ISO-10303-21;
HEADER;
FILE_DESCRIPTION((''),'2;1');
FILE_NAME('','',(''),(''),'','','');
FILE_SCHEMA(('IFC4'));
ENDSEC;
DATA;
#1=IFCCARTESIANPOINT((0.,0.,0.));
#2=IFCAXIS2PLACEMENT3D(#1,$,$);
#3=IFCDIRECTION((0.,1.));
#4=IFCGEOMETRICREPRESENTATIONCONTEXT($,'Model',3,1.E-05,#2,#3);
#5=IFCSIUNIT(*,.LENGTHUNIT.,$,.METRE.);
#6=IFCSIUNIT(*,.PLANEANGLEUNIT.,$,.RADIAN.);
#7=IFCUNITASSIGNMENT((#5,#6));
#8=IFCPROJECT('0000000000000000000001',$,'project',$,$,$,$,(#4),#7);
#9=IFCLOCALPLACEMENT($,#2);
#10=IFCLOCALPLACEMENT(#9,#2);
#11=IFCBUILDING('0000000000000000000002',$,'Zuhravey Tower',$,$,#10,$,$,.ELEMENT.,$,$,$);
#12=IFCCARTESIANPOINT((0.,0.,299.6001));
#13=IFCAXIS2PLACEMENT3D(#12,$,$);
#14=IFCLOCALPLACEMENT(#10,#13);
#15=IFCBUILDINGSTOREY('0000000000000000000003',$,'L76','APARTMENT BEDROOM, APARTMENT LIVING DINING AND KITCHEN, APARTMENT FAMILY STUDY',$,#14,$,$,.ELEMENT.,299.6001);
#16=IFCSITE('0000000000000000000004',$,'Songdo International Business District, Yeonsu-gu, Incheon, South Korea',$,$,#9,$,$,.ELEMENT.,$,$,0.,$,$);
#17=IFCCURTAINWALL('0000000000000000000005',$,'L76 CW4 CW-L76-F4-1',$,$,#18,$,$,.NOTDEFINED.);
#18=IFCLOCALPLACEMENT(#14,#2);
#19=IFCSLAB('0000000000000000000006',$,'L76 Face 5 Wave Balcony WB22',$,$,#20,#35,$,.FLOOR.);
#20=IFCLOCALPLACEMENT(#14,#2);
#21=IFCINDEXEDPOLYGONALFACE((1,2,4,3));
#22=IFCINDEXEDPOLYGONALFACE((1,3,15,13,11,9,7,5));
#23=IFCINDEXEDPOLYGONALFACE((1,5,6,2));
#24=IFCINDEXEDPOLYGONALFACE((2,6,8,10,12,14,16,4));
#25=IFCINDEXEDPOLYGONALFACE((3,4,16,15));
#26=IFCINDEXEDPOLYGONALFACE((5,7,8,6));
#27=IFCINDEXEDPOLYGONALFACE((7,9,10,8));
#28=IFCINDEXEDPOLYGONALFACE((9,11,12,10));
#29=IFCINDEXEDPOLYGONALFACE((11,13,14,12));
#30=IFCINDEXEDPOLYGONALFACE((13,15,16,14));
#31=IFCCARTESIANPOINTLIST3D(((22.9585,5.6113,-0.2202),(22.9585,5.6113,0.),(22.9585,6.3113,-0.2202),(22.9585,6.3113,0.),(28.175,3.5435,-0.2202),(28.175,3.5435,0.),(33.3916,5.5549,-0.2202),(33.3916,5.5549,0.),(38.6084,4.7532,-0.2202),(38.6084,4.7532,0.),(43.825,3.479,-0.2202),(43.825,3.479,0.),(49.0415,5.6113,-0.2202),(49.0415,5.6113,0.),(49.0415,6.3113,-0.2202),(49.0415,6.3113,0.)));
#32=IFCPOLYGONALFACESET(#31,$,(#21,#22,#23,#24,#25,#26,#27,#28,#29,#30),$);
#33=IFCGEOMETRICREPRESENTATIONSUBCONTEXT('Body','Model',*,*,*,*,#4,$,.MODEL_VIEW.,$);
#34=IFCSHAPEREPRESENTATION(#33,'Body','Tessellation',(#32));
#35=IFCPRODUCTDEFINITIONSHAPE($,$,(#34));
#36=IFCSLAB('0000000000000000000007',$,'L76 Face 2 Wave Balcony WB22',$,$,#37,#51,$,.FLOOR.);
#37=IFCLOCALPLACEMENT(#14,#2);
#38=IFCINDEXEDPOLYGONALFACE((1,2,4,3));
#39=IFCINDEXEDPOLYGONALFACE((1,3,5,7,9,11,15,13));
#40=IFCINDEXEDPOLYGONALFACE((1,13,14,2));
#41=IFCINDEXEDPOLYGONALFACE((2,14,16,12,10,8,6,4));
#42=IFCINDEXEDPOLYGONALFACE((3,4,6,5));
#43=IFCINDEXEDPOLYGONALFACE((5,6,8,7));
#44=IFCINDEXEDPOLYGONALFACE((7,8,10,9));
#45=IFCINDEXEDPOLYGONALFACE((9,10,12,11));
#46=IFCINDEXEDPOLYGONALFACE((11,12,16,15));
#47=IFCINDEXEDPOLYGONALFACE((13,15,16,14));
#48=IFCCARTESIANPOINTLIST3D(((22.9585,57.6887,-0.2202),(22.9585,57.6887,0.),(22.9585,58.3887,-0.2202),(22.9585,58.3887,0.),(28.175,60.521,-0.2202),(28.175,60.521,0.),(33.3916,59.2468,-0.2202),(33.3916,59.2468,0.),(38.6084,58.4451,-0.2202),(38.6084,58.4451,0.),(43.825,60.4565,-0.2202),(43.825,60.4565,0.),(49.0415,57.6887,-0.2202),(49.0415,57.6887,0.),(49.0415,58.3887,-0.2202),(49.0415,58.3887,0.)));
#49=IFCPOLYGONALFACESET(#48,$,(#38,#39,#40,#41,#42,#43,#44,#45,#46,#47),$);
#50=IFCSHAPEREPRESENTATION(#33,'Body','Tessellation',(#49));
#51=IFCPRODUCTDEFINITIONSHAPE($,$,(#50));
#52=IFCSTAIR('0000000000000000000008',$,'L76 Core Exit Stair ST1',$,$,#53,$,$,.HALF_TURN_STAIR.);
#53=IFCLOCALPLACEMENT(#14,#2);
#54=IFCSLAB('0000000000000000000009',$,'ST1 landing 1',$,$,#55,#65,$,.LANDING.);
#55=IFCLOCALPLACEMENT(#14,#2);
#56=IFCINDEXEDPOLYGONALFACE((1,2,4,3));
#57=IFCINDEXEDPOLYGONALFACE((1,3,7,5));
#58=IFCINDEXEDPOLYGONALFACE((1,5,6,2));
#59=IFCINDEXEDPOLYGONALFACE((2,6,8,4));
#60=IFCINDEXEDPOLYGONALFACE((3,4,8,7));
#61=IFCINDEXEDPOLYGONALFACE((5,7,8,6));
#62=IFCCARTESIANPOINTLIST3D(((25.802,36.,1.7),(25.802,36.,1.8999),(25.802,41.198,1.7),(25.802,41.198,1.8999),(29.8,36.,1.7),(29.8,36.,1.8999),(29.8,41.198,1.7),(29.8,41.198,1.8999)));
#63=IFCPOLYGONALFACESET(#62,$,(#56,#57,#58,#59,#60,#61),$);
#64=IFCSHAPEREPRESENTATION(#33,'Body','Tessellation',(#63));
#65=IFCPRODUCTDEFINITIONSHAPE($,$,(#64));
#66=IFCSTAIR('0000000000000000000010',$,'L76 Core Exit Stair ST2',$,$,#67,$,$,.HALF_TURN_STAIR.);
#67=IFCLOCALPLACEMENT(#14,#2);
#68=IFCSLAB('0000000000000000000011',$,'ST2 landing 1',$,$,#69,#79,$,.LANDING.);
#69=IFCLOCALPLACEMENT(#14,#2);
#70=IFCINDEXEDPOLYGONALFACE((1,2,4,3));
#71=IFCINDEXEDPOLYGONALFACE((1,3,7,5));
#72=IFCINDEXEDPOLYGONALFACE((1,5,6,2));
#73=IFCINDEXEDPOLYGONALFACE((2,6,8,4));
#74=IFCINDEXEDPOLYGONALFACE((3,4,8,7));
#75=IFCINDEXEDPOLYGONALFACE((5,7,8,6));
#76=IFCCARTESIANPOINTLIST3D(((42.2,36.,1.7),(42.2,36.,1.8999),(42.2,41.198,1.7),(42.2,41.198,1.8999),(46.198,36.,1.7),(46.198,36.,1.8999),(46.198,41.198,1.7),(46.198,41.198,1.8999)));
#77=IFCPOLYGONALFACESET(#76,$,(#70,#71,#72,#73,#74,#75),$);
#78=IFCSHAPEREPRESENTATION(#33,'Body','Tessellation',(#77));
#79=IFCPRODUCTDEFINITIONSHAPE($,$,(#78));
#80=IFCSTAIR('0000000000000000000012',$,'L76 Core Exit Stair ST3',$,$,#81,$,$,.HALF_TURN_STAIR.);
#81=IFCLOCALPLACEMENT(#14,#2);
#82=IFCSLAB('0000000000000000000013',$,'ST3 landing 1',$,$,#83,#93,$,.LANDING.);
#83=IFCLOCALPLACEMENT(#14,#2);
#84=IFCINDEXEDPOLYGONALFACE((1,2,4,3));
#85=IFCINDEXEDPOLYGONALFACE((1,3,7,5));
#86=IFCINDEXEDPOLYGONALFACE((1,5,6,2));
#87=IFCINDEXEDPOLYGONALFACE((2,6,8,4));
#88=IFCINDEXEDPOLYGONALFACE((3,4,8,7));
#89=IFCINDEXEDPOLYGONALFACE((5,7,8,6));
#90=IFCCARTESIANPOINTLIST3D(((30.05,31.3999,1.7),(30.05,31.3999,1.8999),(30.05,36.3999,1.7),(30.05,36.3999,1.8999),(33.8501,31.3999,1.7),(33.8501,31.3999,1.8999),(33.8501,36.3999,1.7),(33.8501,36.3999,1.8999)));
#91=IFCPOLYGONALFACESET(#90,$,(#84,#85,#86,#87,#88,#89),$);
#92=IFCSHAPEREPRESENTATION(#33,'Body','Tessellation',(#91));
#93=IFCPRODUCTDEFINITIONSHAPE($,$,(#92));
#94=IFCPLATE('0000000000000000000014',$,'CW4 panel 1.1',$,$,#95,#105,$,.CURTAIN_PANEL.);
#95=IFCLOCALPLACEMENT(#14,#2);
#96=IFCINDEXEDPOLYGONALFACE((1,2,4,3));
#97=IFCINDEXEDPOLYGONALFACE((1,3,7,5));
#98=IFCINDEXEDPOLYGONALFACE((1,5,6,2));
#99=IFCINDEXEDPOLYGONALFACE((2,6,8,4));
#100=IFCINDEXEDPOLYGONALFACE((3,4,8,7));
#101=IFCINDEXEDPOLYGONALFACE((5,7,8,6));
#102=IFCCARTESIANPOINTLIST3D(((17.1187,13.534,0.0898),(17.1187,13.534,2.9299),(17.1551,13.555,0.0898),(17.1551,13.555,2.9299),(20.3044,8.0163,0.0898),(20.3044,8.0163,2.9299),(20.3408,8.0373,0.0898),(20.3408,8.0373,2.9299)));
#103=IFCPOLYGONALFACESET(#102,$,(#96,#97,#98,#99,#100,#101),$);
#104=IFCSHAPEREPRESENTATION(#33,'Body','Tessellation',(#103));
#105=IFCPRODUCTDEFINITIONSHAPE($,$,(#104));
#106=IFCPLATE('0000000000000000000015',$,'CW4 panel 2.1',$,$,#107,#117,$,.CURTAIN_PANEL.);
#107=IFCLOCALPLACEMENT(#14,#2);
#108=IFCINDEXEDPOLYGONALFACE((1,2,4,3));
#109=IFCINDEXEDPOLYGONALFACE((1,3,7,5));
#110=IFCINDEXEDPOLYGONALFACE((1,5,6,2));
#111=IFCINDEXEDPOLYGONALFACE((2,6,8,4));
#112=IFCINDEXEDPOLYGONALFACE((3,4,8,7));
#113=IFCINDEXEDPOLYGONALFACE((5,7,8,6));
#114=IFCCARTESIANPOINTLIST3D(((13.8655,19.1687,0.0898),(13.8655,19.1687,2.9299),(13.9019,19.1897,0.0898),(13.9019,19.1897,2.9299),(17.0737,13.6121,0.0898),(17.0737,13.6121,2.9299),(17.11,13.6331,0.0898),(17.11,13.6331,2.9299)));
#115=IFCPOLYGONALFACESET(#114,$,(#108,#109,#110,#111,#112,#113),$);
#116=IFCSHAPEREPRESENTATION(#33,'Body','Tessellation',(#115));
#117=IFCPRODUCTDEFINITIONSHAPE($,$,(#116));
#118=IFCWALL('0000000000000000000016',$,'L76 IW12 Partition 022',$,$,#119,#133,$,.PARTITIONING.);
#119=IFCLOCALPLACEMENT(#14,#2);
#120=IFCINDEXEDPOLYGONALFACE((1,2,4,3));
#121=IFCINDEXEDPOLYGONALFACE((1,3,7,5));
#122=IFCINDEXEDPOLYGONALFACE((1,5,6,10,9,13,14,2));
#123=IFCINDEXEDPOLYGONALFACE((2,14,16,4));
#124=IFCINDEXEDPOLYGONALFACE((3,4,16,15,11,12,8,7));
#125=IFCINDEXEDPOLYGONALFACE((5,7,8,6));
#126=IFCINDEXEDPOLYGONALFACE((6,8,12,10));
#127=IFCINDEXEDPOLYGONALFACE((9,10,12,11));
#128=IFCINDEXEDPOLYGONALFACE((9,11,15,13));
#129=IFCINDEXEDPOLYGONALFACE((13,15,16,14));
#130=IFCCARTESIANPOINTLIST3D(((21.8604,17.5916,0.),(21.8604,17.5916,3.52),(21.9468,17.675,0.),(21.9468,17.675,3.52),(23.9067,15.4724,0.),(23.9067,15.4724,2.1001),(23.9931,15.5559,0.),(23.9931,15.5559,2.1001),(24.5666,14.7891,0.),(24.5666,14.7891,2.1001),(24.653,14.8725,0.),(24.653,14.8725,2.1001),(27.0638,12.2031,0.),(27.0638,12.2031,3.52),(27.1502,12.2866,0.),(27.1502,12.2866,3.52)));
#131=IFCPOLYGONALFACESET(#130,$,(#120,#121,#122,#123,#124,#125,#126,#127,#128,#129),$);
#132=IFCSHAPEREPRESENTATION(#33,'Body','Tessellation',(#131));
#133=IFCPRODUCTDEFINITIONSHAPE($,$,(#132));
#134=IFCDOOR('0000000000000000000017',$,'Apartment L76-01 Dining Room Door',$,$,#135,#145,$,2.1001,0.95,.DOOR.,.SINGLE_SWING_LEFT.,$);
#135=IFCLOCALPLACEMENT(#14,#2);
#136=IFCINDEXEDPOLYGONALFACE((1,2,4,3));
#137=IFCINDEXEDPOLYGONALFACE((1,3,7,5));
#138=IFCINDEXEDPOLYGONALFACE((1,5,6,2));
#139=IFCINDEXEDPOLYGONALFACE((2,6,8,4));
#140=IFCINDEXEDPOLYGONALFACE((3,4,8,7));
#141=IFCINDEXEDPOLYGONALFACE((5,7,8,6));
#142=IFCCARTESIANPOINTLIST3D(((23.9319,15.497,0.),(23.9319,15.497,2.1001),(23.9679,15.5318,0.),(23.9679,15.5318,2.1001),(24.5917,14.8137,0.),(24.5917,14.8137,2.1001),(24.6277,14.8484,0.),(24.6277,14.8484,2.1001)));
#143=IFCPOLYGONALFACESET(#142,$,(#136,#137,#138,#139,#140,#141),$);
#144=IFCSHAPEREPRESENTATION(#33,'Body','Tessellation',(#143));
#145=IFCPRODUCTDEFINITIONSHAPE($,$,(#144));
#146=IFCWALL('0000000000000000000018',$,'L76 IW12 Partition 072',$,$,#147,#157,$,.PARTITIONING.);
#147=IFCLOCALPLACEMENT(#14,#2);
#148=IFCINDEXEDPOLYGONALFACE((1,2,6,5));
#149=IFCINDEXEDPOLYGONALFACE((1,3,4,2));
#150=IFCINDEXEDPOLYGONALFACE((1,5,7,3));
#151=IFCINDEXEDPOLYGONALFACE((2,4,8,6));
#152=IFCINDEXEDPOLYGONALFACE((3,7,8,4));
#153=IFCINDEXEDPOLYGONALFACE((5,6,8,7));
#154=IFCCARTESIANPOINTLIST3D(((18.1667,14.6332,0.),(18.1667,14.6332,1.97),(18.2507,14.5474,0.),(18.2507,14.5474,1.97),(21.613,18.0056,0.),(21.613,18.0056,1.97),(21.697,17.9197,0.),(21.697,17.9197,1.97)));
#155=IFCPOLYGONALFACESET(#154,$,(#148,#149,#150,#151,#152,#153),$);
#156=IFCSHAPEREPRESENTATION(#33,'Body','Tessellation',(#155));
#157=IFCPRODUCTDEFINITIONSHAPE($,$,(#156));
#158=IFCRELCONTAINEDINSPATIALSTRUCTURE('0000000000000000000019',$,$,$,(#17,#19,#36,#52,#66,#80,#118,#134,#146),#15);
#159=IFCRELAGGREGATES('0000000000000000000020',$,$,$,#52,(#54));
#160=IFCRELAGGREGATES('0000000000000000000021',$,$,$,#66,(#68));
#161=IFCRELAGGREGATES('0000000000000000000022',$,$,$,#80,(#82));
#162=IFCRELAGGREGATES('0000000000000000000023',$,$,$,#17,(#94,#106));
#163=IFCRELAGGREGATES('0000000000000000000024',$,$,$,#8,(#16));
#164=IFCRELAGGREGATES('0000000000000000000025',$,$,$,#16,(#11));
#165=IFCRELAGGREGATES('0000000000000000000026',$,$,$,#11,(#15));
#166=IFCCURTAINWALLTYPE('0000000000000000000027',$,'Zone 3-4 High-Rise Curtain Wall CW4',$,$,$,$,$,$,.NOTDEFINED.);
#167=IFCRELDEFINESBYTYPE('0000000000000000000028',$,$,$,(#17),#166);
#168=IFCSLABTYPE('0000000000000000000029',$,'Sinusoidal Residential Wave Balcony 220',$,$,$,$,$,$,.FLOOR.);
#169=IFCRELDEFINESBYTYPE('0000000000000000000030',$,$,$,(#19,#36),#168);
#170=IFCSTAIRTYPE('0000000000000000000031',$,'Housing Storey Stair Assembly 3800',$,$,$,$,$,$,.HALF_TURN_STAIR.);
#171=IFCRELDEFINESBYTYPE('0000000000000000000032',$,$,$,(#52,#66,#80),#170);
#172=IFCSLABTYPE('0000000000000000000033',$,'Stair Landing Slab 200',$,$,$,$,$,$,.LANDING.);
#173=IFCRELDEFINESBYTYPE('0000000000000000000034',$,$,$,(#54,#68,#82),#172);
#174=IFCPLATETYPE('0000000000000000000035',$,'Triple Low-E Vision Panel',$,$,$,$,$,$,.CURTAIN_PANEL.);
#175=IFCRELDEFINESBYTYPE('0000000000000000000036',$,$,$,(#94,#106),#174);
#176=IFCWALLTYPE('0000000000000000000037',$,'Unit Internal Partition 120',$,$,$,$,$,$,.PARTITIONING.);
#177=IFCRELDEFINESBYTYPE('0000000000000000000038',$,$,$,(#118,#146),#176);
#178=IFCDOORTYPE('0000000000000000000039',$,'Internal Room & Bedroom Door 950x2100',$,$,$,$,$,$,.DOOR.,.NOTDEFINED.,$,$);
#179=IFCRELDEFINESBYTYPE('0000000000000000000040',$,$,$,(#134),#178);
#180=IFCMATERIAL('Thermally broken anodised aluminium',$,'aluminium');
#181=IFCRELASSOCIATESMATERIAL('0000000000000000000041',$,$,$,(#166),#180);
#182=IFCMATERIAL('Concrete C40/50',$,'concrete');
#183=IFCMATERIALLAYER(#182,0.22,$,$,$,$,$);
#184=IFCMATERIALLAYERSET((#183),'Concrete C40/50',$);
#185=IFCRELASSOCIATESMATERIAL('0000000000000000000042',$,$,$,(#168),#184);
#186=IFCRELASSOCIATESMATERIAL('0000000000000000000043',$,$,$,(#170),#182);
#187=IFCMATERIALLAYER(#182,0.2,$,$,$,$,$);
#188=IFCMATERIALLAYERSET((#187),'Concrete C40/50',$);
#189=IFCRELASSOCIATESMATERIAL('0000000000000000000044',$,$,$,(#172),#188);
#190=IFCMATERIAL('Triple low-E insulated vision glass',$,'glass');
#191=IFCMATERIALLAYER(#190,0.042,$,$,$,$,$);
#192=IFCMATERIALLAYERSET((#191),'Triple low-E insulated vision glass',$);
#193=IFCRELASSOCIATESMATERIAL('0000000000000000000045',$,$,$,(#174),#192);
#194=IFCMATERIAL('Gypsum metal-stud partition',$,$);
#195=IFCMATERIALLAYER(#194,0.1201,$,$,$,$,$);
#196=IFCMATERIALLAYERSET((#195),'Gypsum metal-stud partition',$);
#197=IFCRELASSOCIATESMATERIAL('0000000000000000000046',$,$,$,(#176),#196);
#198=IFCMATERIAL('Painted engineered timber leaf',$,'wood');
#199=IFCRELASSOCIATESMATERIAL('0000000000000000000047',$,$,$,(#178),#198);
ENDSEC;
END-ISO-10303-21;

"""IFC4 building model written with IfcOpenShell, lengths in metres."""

from ifc_helpers import new_model, si_unit, direction, frame, frame_2d, origin, origin_2d, place, context, subcontext, project, spatial, polyline, rectangle, outline, extrude, material, layer, layer_set, type_object, element, fill, aggregate, save


model = new_model("IFC4")

# Units and contexts
model_context = context("Model", 3, precision=1e-05, world=origin(), true_north=direction((0.0, 1.0)))
body_context = subcontext(model_context, "Body", "Model", "MODEL_VIEW")
ifc_project = project(units=[si_unit("LENGTHUNIT", "METRE"), si_unit("PLANEANGLEUNIT", "RADIAN")], contexts=[model_context])

# Site, building, storey
site_placement = place(None, origin())
site = spatial("IfcSite", under=ifc_project, at=site_placement, Name="Songdo International Business District, Yeonsu-gu, Incheon, South Korea", CompositionType="ELEMENT", RefElevation=0.0)
building_placement = place(site_placement, origin())
building = spatial("IfcBuilding", under=site, at=building_placement, Name="Zuhravey Tower", CompositionType="ELEMENT")
storey_placement = place(building_placement, frame((0.0, 0.0, 299.6001)))
storey = spatial("IfcBuildingStorey", under=building, at=storey_placement, Name="L76", Description="APARTMENT BEDROOM, APARTMENT LIVING DINING AND KITCHEN, APARTMENT FAMILY STUDY", CompositionType="ELEMENT", Elevation=299.6001)

# Curtain wall
ifc_material_1 = material(Name="Thermally broken anodised aluminium", Category="aluminium")
curtain_wall_type = type_object("IfcCurtainWallType", Name="Zone 3-4 High-Rise Curtain Wall CW4", PredefinedType="NOTDEFINED", material=ifc_material_1)
curtain_wall_placement = place(storey_placement, origin())
curtain_wall = element("IfcCurtainWall", 1, at=curtain_wall_placement, inside=storey, type_object=curtain_wall_type, Name="L76 CW4 CW-L76-F4-1", PredefinedType="NOTDEFINED")

# Slabs
ifc_material_2 = material(Name="Concrete C40/50", Category="concrete")
ifc_layer_1 = layer(ifc_material_2, 0.22)
ifc_layer_set_1 = layer_set([ifc_layer_1], Name="Concrete C40/50")
slab_type_1 = type_object("IfcSlabType", Name="Sinusoidal Residential Wave Balcony 220", PredefinedType="FLOOR", material=ifc_layer_set_1)
slab_1_placement = place(storey_placement, frame((0.0, 0.0, -0.2202)))
element("IfcSlab", 2, at=slab_1_placement, inside=storey, type_object=slab_type_1, Name="L76 Face 5 Wave Balcony WB22", PredefinedType="FLOOR", context=body_context, shape_type="SweptSolid", body=[
    extrude(outline(polyline([(22.9585, 6.3113), (49.0415, 6.3113), (49.0415, 5.6113), (43.825, 3.479), (38.6084, 4.7532), (33.3916, 5.5549), (28.175, 3.5435), (22.9585, 5.6113), (22.9585, 6.3113)])), origin(), (0.0, 0.0, 1.0), 0.2202),
])
slab_2_placement = place(storey_placement, frame((0.0, 0.0, -0.2202)))
element("IfcSlab", 3, at=slab_2_placement, inside=storey, type_object=slab_type_1, Name="L76 Face 2 Wave Balcony WB22", PredefinedType="FLOOR", context=body_context, shape_type="SweptSolid", body=[
    extrude(outline(polyline([(49.0415, 57.6887), (22.9585, 57.6887), (22.9585, 58.3887), (28.175, 60.521), (33.3916, 59.2468), (38.6084, 58.4451), (43.825, 60.4565), (49.0415, 58.3887), (49.0415, 57.6887)])), origin(), (0.0, 0.0, 1.0), 0.2202),
])

# Stairs, slabs
stair_type = type_object("IfcStairType", Name="Housing Storey Stair Assembly 3800", PredefinedType="HALF_TURN_STAIR", material=ifc_material_2)
stair_1_placement = place(storey_placement, origin())
stair_1 = element("IfcStair", 4, at=stair_1_placement, inside=storey, type_object=stair_type, Name="L76 Core Exit Stair ST1", PredefinedType="HALF_TURN_STAIR")
ifc_layer_2 = layer(ifc_material_2, 0.2)
ifc_layer_set_2 = layer_set([ifc_layer_2], Name="Concrete C40/50")
slab_type_2 = type_object("IfcSlabType", Name="Stair Landing Slab 200", PredefinedType="LANDING", material=ifc_layer_set_2)
slab_3_placement = place(storey_placement, frame((0.0, 0.0, 1.7)))
slab_3 = element("IfcSlab", 5, at=slab_3_placement, type_object=slab_type_2, Name="ST1 landing 1", PredefinedType="LANDING", context=body_context, shape_type="SweptSolid", body=[
    extrude(outline(polyline([(29.8, 36.0), (29.8, 41.198), (25.802, 41.198), (25.802, 36.0), (29.8, 36.0)])), origin(), (0.0, 0.0, 1.0), 0.2),
])
aggregate(stair_1, [slab_3])
stair_2_placement = place(storey_placement, origin())
stair_2 = element("IfcStair", 6, at=stair_2_placement, inside=storey, type_object=stair_type, Name="L76 Core Exit Stair ST2", PredefinedType="HALF_TURN_STAIR")
slab_4_placement = place(storey_placement, frame((0.0, 0.0, 1.7)))
slab_4 = element("IfcSlab", 7, at=slab_4_placement, type_object=slab_type_2, Name="ST2 landing 1", PredefinedType="LANDING", context=body_context, shape_type="SweptSolid", body=[
    extrude(outline(polyline([(46.198, 36.0), (46.198, 41.198), (42.2, 41.198), (42.2, 36.0), (46.198, 36.0)])), origin(), (0.0, 0.0, 1.0), 0.2),
])
aggregate(stair_2, [slab_4])
stair_3_placement = place(storey_placement, origin())
stair_3 = element("IfcStair", 8, at=stair_3_placement, inside=storey, type_object=stair_type, Name="L76 Core Exit Stair ST3", PredefinedType="HALF_TURN_STAIR")
slab_5_placement = place(storey_placement, frame((0.0, 0.0, 1.7)))
slab_5 = element("IfcSlab", 9, at=slab_5_placement, type_object=slab_type_2, Name="ST3 landing 1", PredefinedType="LANDING", context=body_context, shape_type="SweptSolid", body=[
    extrude(outline(polyline([(30.05, 36.3999), (30.05, 31.3999), (33.8501, 31.3999), (33.8501, 36.3999), (30.05, 36.3999)])), origin(), (0.0, 0.0, 1.0), 0.2),
])
aggregate(stair_3, [slab_5])

# Plates
ifc_material_3 = material(Name="Triple low-E insulated vision glass", Category="glass")
ifc_layer_3 = layer(ifc_material_3, 0.042)
ifc_layer_set_3 = layer_set([ifc_layer_3], Name="Triple low-E insulated vision glass")
plate_type_1 = type_object("IfcPlateType", Name="Triple Low-E Vision Panel", PredefinedType="CURTAIN_PANEL", material=ifc_layer_set_3)
plate_1_placement = place(storey_placement, frame((18.7297, 10.7856, 0.0898), z_axis=(0.0, 0.0, 1.0), x_axis=(-0.500001, 0.866025, 0.0)))
plate_1 = element("IfcPlate", 10, at=plate_1_placement, type_object=plate_type_1, Name="CW4 panel 1.1", PredefinedType="CURTAIN_PANEL", context=body_context, shape_type="SweptSolid", body=[
    extrude(rectangle(XDim=6.3713, YDim=0.042, at=origin_2d()), origin(), (0.0, 0.0, 1.0), 2.8401),
])
plate_2_placement = place(storey_placement, frame((15.4878, 16.4009, 0.0898), z_axis=(0.0, 0.0, 1.0), x_axis=(-0.500001, 0.866025, 0.0)))
plate_2 = element("IfcPlate", 11, at=plate_2_placement, type_object=plate_type_1, Name="CW4 panel 2.1", PredefinedType="CURTAIN_PANEL", context=body_context, shape_type="SweptSolid", body=[
    extrude(rectangle(XDim=6.4163, YDim=0.042, at=origin_2d()), origin(), (0.0, 0.0, 1.0), 2.8401),
])
aggregate(curtain_wall, [plate_1, plate_2])

# Wall, opening, door
ifc_material_4 = material(Name="Gypsum metal-stud partition")
ifc_layer_4 = layer(ifc_material_4, 0.1201)
ifc_layer_set_4 = layer_set([ifc_layer_4], Name="Gypsum metal-stud partition")
wall_type = type_object("IfcWallType", Name="Unit Internal Partition 120", PredefinedType="PARTITIONING", material=ifc_layer_set_4)
wall_1_placement = place(storey_placement, frame((21.9036, 17.6333, 0.0), z_axis=(0.0, 0.0, 1.0), x_axis=(0.694646, -0.719351, 0.0)))
wall_1 = element("IfcWall", 12, at=wall_1_placement, inside=storey, type_object=wall_type, Name="L76 IW12 Partition 022", PredefinedType="PARTITIONING", context=body_context, shape_type="SweptSolid", body=[
    extrude(rectangle(XDim=7.4907, YDim=0.1201, at=frame_2d((3.7454, 0.0))), origin(), (0.0, 0.0, 1.0), 3.52),
])
opening_placement = place(wall_1_placement, frame((2.9458, 0.0, 0.0)))
opening = element("IfcOpeningElement", 13, at=opening_placement, cuts=wall_1, PredefinedType="OPENING", context=body_context, shape_type="SweptSolid", body=[
    extrude(rectangle(XDim=0.95, YDim=2.1001, at=frame_2d((0.4751, 1.05))), frame((0.0, 0.072, 0.0), z_axis=(0.0, -1.0, 0.0), x_axis=(1.0, 0.0, 0.0)), (0.0, 0.0, 1.0), 0.144),
])
ifc_material_5 = material(Name="Painted engineered timber leaf", Category="wood")
door_type = type_object("IfcDoorType", Name="Internal Room & Bedroom Door 950x2100", OperationType="NOTDEFINED", PredefinedType="DOOR", material=ifc_material_5)
door_placement = place(opening_placement, frame((0.95, 0.0, 0.0), z_axis=(0.0, 0.0, 1.0), x_axis=(-1.0, 0.0, 0.0)))
door = element("IfcDoor", 14, at=door_placement, inside=storey, type_object=door_type, Name="Apartment L76-01 Dining Room Door", OperationType="SINGLE_SWING_LEFT", OverallHeight=2.1001, OverallWidth=0.95, PredefinedType="DOOR", context=body_context, shape_type="SweptSolid", body=[
    extrude(rectangle(XDim=0.95, YDim=2.1001, at=frame_2d((0.4751, 1.05))), frame((0.0, 0.0249, 0.0), z_axis=(0.0, -1.0, 0.0), x_axis=(1.0, 0.0, 0.0)), (0.0, 0.0, 1.0), 0.05),
])
fill(opening, door)

# Wall
wall_2_placement = place(storey_placement, frame((21.655, 17.9626, 0.0), z_axis=(0.0, 0.0, 1.0), x_axis=(-0.714736, -0.699394, 0.0)))
element("IfcWall", 15, at=wall_2_placement, inside=storey, type_object=wall_type, Name="L76 IW12 Partition 072", PredefinedType="PARTITIONING", context=body_context, shape_type="SweptSolid", body=[
    extrude(rectangle(XDim=4.8218, YDim=0.1201, at=frame_2d((2.4109, 0.0))), origin(), (0.0, 0.0, 1.0), 1.97),
])

save(model, "model.ifc")
